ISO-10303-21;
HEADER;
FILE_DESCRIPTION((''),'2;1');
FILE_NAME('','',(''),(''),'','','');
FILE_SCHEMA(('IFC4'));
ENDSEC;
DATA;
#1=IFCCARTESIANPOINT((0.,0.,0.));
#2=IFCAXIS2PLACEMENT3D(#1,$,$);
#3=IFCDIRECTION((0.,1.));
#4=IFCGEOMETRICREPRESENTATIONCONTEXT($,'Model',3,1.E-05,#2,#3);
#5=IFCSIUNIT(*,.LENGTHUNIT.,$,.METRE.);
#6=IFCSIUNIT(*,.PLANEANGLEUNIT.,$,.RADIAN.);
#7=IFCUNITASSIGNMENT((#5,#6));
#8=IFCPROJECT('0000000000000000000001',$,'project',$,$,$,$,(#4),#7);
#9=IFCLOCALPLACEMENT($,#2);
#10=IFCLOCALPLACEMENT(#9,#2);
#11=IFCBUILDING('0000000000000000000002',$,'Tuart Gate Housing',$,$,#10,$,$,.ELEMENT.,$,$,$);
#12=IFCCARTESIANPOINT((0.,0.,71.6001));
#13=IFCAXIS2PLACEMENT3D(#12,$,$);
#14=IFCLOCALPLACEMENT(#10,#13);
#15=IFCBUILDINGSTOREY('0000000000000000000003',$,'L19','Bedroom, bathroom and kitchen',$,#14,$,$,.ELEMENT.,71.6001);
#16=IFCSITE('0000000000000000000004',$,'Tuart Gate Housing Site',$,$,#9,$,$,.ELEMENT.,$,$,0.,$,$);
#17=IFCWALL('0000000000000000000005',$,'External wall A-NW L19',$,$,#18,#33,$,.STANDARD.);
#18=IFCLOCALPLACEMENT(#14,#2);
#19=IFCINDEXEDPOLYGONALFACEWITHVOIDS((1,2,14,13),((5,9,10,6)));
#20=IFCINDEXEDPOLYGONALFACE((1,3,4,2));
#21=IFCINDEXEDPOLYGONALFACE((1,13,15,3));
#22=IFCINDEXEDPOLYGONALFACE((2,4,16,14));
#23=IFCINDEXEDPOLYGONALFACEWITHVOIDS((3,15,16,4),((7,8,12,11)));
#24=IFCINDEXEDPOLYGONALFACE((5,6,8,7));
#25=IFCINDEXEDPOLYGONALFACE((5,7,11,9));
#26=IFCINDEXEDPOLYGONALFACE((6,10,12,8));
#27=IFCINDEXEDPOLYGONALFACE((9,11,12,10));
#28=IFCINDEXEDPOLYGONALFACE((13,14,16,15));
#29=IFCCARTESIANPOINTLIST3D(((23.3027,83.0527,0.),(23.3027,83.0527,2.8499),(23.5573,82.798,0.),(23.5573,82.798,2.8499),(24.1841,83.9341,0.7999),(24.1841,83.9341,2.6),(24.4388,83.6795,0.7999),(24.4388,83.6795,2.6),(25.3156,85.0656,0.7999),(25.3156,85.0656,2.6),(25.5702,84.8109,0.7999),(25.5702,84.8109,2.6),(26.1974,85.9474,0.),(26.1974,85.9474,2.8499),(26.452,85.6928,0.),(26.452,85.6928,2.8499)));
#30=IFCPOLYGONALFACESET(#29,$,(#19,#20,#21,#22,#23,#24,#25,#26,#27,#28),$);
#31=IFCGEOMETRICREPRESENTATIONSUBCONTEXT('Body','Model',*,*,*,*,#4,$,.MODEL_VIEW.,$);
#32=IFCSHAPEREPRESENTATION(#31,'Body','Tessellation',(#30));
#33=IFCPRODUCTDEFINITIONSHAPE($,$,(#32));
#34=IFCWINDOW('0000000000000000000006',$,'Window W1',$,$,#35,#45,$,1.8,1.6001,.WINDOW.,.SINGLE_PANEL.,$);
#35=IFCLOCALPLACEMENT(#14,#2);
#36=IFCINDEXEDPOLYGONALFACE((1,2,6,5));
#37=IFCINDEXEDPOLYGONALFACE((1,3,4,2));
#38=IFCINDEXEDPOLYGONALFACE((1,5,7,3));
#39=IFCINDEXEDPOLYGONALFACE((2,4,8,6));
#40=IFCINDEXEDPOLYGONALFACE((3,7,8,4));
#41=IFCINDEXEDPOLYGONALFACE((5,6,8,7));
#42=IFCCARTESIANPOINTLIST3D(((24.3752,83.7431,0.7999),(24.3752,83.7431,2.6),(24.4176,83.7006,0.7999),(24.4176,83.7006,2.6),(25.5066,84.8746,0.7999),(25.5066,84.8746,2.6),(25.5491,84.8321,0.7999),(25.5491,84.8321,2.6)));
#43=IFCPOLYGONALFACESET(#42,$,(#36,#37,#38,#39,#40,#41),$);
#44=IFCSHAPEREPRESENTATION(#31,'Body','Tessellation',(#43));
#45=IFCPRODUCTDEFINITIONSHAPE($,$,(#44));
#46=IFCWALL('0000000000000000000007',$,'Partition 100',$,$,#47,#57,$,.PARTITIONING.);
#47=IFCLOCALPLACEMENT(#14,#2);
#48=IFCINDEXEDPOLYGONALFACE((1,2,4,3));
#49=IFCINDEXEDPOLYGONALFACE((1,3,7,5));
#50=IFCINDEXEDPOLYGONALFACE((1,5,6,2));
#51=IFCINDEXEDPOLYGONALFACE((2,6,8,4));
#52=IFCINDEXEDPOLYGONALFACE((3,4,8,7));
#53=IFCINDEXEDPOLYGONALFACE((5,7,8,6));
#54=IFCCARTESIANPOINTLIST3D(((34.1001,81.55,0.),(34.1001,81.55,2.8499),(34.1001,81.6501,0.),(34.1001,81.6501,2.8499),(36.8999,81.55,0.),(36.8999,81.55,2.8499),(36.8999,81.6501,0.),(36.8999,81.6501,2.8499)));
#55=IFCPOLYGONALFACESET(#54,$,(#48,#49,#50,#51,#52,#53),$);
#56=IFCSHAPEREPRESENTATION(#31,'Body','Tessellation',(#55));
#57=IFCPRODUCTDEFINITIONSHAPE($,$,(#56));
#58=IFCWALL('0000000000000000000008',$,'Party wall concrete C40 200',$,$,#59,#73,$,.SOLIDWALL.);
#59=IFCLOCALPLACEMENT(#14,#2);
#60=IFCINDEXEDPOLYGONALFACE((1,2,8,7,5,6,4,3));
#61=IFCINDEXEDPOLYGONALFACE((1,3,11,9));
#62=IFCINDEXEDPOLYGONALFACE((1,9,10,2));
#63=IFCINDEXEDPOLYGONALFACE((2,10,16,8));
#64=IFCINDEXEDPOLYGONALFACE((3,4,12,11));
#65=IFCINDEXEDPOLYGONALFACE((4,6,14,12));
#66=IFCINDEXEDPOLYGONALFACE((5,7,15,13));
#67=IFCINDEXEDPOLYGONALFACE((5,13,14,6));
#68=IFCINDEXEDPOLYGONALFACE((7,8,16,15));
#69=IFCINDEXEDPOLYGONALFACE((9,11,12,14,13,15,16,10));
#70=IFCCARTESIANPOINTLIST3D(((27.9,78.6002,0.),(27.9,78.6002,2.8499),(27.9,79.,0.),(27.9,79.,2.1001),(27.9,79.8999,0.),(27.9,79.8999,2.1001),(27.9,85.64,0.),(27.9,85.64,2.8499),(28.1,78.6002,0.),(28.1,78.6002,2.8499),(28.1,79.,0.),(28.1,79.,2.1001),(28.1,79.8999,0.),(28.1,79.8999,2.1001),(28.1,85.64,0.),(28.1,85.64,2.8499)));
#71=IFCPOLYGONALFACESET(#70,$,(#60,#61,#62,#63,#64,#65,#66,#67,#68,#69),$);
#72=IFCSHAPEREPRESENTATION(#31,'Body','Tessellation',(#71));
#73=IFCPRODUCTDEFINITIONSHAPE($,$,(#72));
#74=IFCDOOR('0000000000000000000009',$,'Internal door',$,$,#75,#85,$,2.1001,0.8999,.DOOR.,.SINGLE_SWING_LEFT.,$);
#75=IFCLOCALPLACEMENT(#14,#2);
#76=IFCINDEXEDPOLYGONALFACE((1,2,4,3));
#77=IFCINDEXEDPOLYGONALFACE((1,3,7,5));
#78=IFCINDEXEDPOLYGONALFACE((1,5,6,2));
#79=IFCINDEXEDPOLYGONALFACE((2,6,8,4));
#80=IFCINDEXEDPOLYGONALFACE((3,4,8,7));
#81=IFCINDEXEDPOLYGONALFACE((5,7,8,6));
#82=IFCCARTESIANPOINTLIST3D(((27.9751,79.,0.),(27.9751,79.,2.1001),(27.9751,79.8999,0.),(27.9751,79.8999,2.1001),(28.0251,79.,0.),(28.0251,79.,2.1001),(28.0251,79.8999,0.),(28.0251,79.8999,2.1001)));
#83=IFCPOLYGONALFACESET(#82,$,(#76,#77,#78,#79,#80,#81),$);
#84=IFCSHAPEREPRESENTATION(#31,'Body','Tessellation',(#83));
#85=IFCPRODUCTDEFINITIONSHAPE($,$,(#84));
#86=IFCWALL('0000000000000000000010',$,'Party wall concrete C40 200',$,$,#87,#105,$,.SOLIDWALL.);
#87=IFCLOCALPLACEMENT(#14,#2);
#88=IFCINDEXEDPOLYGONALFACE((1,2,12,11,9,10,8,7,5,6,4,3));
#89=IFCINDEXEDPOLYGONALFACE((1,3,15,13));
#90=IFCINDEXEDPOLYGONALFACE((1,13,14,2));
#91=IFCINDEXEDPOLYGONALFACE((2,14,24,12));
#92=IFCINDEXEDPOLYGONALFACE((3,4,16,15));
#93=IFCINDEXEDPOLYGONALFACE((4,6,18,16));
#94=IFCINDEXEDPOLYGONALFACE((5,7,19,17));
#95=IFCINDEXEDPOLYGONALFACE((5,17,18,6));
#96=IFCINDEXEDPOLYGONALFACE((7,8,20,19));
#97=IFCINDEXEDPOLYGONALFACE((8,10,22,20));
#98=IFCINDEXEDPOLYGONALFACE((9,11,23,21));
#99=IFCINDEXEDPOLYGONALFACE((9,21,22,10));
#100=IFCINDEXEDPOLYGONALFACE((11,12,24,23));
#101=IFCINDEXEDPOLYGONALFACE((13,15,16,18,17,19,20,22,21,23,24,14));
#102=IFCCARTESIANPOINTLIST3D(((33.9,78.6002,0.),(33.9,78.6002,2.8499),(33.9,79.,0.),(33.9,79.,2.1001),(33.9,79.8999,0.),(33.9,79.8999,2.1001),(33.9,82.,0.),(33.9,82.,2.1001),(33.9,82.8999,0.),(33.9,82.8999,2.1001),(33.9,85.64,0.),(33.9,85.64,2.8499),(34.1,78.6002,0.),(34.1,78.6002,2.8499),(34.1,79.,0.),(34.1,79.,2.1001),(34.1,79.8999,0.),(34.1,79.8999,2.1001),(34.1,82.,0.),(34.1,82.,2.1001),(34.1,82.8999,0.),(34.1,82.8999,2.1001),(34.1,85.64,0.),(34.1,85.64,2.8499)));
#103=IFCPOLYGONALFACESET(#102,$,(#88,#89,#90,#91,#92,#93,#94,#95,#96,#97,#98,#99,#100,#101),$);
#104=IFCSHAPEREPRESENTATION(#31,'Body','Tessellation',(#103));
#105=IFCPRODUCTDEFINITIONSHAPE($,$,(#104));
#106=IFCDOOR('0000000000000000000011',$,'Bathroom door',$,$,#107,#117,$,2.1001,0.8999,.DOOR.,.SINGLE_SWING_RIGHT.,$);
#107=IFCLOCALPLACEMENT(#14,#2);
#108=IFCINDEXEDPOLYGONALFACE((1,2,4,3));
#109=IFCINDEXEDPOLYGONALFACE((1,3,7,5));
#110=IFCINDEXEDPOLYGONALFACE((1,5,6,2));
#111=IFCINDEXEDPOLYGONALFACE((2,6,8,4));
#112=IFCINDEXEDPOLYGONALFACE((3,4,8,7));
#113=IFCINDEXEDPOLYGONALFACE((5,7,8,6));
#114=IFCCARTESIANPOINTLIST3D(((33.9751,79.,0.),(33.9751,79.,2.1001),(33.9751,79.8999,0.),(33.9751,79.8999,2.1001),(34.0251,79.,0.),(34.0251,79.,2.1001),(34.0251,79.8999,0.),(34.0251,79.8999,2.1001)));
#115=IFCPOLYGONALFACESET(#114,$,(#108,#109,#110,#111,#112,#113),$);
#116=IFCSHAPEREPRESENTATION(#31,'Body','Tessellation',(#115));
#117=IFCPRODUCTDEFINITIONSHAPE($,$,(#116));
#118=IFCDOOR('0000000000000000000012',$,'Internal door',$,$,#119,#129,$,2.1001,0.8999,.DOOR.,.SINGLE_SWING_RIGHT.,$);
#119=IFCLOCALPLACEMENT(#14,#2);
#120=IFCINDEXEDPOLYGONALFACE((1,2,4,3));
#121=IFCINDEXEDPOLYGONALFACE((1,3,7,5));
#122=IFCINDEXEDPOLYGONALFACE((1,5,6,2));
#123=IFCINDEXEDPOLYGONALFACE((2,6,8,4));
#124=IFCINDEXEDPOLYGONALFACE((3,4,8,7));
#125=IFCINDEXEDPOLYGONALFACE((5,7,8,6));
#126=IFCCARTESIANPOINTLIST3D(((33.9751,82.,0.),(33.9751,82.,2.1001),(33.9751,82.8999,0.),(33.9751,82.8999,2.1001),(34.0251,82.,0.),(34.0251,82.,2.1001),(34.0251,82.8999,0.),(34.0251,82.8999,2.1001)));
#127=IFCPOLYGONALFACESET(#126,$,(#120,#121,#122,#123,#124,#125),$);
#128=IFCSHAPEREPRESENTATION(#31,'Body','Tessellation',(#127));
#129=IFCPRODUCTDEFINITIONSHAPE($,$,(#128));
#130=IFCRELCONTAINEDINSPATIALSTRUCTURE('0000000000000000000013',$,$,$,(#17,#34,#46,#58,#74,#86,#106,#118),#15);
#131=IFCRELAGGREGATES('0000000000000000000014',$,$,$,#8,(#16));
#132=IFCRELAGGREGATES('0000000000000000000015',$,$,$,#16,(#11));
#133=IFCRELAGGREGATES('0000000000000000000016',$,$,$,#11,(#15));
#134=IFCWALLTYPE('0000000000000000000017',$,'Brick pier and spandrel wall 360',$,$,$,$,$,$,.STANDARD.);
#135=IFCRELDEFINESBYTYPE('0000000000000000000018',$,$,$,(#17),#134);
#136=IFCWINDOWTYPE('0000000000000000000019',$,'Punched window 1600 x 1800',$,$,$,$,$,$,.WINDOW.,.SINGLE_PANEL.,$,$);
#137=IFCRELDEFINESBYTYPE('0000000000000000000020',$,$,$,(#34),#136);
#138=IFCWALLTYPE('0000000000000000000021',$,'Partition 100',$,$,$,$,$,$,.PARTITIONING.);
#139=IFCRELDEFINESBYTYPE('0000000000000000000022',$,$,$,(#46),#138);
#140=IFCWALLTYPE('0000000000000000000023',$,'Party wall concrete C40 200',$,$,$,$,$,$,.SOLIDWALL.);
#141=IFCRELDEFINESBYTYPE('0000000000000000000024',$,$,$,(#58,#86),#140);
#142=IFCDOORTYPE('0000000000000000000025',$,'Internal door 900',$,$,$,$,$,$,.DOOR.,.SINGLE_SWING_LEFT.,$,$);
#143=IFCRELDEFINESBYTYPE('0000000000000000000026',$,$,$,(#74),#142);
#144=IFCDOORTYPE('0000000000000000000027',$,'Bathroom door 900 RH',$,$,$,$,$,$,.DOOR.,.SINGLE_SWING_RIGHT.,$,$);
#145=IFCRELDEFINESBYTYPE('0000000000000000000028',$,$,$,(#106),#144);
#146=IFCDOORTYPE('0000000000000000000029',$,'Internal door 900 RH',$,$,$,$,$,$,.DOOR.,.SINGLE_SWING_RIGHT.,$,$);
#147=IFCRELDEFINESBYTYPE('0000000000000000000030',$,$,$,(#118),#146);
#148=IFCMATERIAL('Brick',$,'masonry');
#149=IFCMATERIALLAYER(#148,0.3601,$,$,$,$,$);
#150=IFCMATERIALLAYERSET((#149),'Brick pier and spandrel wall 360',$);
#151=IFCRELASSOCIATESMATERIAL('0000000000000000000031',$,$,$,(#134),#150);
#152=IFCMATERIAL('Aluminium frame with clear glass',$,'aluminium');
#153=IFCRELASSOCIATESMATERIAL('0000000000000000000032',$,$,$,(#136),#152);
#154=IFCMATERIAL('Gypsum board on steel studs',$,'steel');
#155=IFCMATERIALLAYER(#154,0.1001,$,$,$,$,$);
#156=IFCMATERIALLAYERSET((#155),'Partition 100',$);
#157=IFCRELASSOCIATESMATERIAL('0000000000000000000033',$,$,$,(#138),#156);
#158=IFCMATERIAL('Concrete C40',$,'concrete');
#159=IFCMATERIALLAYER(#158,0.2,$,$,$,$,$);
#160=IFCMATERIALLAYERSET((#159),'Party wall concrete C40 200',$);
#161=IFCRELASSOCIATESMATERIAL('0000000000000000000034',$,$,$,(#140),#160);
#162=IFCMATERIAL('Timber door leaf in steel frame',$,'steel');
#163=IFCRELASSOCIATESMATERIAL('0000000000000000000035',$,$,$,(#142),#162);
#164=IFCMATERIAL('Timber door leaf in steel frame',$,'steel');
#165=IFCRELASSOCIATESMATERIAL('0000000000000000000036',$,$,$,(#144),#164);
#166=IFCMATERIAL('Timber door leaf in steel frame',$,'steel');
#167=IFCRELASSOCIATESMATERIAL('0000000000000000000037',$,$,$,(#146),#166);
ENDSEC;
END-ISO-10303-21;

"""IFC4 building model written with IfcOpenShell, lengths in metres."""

from ifc_helpers import new_model, si_unit, direction, frame, frame_2d, origin, place, context, subcontext, project, spatial, rectangle, extrude, material, layer, layer_set, type_object, element, fill, save


model = new_model("IFC4")

# Units and contexts
model_context = context("Model", 3, precision=1e-05, world=origin(), true_north=direction((0.0, 1.0)))
body_context = subcontext(model_context, "Body", "Model", "MODEL_VIEW")
ifc_project = project(units=[si_unit("LENGTHUNIT", "METRE"), si_unit("PLANEANGLEUNIT", "RADIAN")], contexts=[model_context])

# Site, building, storey
site_placement = place(None, origin())
site = spatial("IfcSite", under=ifc_project, at=site_placement, Name="Tuart Gate Housing Site", CompositionType="ELEMENT", RefElevation=0.0)
building_placement = place(site_placement, origin())
building = spatial("IfcBuilding", under=site, at=building_placement, Name="Tuart Gate Housing", CompositionType="ELEMENT")
storey_placement = place(building_placement, frame((0.0, 0.0, 71.6001)))
storey = spatial("IfcBuildingStorey", under=building, at=storey_placement, Name="L19", Description="Bedroom, bathroom and kitchen", CompositionType="ELEMENT", Elevation=71.6001)

# Wall, opening, window
ifc_material_1 = material(Name="Brick", Category="masonry")
ifc_layer_1 = layer(ifc_material_1, 0.3601)
ifc_layer_set_1 = layer_set([ifc_layer_1], Name="Brick pier and spandrel wall 360")
wall_type_1 = type_object("IfcWallType", Name="Brick pier and spandrel wall 360", PredefinedType="STANDARD", material=ifc_layer_set_1)
wall_1_placement = place(storey_placement, frame((26.3247, 85.8201, 0.0), z_axis=(0.0, 0.0, 1.0), x_axis=(-0.707107, -0.707107, 0.0)))
wall_1 = element("IfcWall", 1, at=wall_1_placement, inside=storey, type_object=wall_type_1, Name="External wall A-NW L19", PredefinedType="STANDARD", context=body_context, shape_type="SweptSolid", body=[
    extrude(rectangle(XDim=4.0938, YDim=0.3601, at=frame_2d((2.0469, 0.0))), origin(), (0.0, 0.0, 1.0), 2.8499),
])
opening_1_placement = place(wall_1_placement, frame((1.2471, 0.0, 0.8)))
opening_1 = element("IfcOpeningElement", 2, at=opening_1_placement, cuts=wall_1, PredefinedType="OPENING", context=body_context, shape_type="SweptSolid", body=[
    extrude(rectangle(XDim=1.6001, YDim=1.8, at=frame_2d((0.8, 0.8999))), frame((0.0, 0.1899, 0.0), z_axis=(0.0, -1.0, 0.0), x_axis=(1.0, 0.0, 0.0)), (0.0, 0.0, 1.0), 0.3801),
])
ifc_material_2 = material(Name="Aluminium frame with clear glass", Category="aluminium")
window_type = type_object("IfcWindowType", Name="Punched window 1600 x 1800", PartitioningType="SINGLE_PANEL", PredefinedType="WINDOW", material=ifc_material_2)
window_placement = place(opening_1_placement, origin())
window = element("IfcWindow", 3, at=window_placement, inside=storey, type_object=window_type, Name="Window W1", OverallHeight=1.8, OverallWidth=1.6001, PartitioningType="SINGLE_PANEL", PredefinedType="WINDOW", context=body_context, shape_type="SweptSolid", body=[
    extrude(rectangle(XDim=1.6001, YDim=1.8, at=frame_2d((0.8, 0.8999))), frame((0.0, 0.1501, 0.0), z_axis=(0.0, -1.0, 0.0), x_axis=(1.0, 0.0, 0.0)), (0.0, 0.0, 1.0), 0.0601),
])
fill(opening_1, window)

# Wall
ifc_material_3 = material(Name="Gypsum board on steel studs", Category="steel")
ifc_layer_2 = layer(ifc_material_3, 0.1001)
ifc_layer_set_2 = layer_set([ifc_layer_2], Name="Partition 100")
wall_type_2 = type_object("IfcWallType", Name="Partition 100", PredefinedType="PARTITIONING", material=ifc_layer_set_2)
wall_2_placement = place(storey_placement, frame((34.1001, 81.6001, 0.0), z_axis=(0.0, 0.0, 1.0), x_axis=(1.0, 0.0, 0.0)))
element("IfcWall", 4, at=wall_2_placement, inside=storey, type_object=wall_type_2, Name="Partition 100", PredefinedType="PARTITIONING", context=body_context, shape_type="SweptSolid", body=[
    extrude(rectangle(XDim=2.7998, YDim=0.1001, at=frame_2d((1.3999, 0.0))), origin(), (0.0, 0.0, 1.0), 2.8499),
])

# Wall, opening, door
ifc_material_4 = material(Name="Concrete C40", Category="concrete")
ifc_layer_3 = layer(ifc_material_4, 0.2)
ifc_layer_set_3 = layer_set([ifc_layer_3], Name="Party wall concrete C40 200")
wall_type_3 = type_object("IfcWallType", Name="Party wall concrete C40 200", PredefinedType="SOLIDWALL", material=ifc_layer_set_3)
wall_3_placement = place(storey_placement, frame((28.0, 78.6001, 0.0), z_axis=(0.0, 0.0, 1.0), x_axis=(0.0, 1.0, 0.0)))
wall_3 = element("IfcWall", 5, at=wall_3_placement, inside=storey, type_object=wall_type_3, Name="Party wall concrete C40 200", PredefinedType="SOLIDWALL", context=body_context, shape_type="SweptSolid", body=[
    extrude(rectangle(XDim=7.0398, YDim=0.2, at=frame_2d((3.52, 0.0))), origin(), (0.0, 0.0, 1.0), 2.8499),
])
opening_2_placement = place(wall_3_placement, frame((0.3999, 0.0, 0.0)))
opening_2 = element("IfcOpeningElement", 6, at=opening_2_placement, cuts=wall_3, PredefinedType="OPENING", context=body_context, shape_type="SweptSolid", body=[
    extrude(rectangle(XDim=0.8999, YDim=2.1001, at=frame_2d((0.45, 1.05))), frame((0.0, 0.1099, 0.0), z_axis=(0.0, -1.0, 0.0), x_axis=(1.0, 0.0, 0.0)), (0.0, 0.0, 1.0), 0.22),
])
ifc_material_5 = material(Name="Timber door leaf in steel frame", Category="steel")
door_type_1 = type_object("IfcDoorType", Name="Internal door 900", OperationType="SINGLE_SWING_LEFT", PredefinedType="DOOR", material=ifc_material_5)
door_1_placement = place(opening_2_placement, origin())
door_1 = element("IfcDoor", 7, at=door_1_placement, inside=storey, type_object=door_type_1, Name="Internal door", OperationType="SINGLE_SWING_LEFT", OverallHeight=2.1001, OverallWidth=0.8999, PredefinedType="DOOR", context=body_context, shape_type="SweptSolid", body=[
    extrude(rectangle(XDim=0.8999, YDim=2.1001, at=frame_2d((0.45, 1.05))), frame((0.0, 0.0249, 0.0), z_axis=(0.0, -1.0, 0.0), x_axis=(1.0, 0.0, 0.0)), (0.0, 0.0, 1.0), 0.05),
])
fill(opening_2, door_1)

# Wall, openings, doors
wall_4_placement = place(storey_placement, frame((34.0, 78.6001, 0.0), z_axis=(0.0, 0.0, 1.0), x_axis=(0.0, 1.0, 0.0)))
wall_4 = element("IfcWall", 8, at=wall_4_placement, inside=storey, type_object=wall_type_3, Name="Party wall concrete C40 200", PredefinedType="SOLIDWALL", context=body_context, shape_type="SweptSolid", body=[
    extrude(rectangle(XDim=7.0398, YDim=0.2, at=frame_2d((3.52, 0.0))), origin(), (0.0, 0.0, 1.0), 2.8499),
])
opening_3_placement = place(wall_4_placement, frame((3.3999, 0.0, 0.0)))
opening_3 = element("IfcOpeningElement", 9, at=opening_3_placement, cuts=wall_4, PredefinedType="OPENING", context=body_context, shape_type="SweptSolid", body=[
    extrude(rectangle(XDim=0.8999, YDim=2.1001, at=frame_2d((0.45, 1.05))), frame((0.0, 0.1099, 0.0), z_axis=(0.0, -1.0, 0.0), x_axis=(1.0, 0.0, 0.0)), (0.0, 0.0, 1.0), 0.22),
])
opening_4_placement = place(wall_4_placement, frame((0.3999, 0.0, 0.0)))
opening_4 = element("IfcOpeningElement", 10, at=opening_4_placement, cuts=wall_4, PredefinedType="OPENING", context=body_context, shape_type="SweptSolid", body=[
    extrude(rectangle(XDim=0.8999, YDim=2.1001, at=frame_2d((0.45, 1.05))), frame((0.0, 0.1099, 0.0), z_axis=(0.0, -1.0, 0.0), x_axis=(1.0, 0.0, 0.0)), (0.0, 0.0, 1.0), 0.22),
])
ifc_material_6 = material(Name="Timber door leaf in steel frame", Category="steel")
door_type_2 = type_object("IfcDoorType", Name="Bathroom door 900 RH", OperationType="SINGLE_SWING_RIGHT", PredefinedType="DOOR", material=ifc_material_6)
door_2_placement = place(opening_4_placement, frame((0.8999, 0.0, 0.0), z_axis=(0.0, 0.0, 1.0), x_axis=(-1.0, 0.0, 0.0)))
door_2 = element("IfcDoor", 11, at=door_2_placement, inside=storey, type_object=door_type_2, Name="Bathroom door", OperationType="SINGLE_SWING_RIGHT", OverallHeight=2.1001, OverallWidth=0.8999, PredefinedType="DOOR", context=body_context, shape_type="SweptSolid", body=[
    extrude(rectangle(XDim=0.8999, YDim=2.1001, at=frame_2d((0.45, 1.05))), frame((0.0, 0.0251, 0.0), z_axis=(0.0, -1.0, 0.0), x_axis=(1.0, 0.0, 0.0)), (0.0, 0.0, 1.0), 0.05),
])
fill(opening_4, door_2)
ifc_material_7 = material(Name="Timber door leaf in steel frame", Category="steel")
door_type_3 = type_object("IfcDoorType", Name="Internal door 900 RH", OperationType="SINGLE_SWING_RIGHT", PredefinedType="DOOR", material=ifc_material_7)
door_3_placement = place(opening_3_placement, frame((0.8999, 0.0, 0.0), z_axis=(0.0, 0.0, 1.0), x_axis=(-1.0, 0.0, 0.0)))
door_3 = element("IfcDoor", 12, at=door_3_placement, inside=storey, type_object=door_type_3, Name="Internal door", OperationType="SINGLE_SWING_RIGHT", OverallHeight=2.1001, OverallWidth=0.8999, PredefinedType="DOOR", context=body_context, shape_type="SweptSolid", body=[
    extrude(rectangle(XDim=0.8999, YDim=2.1001, at=frame_2d((0.45, 1.05))), frame((0.0, 0.0251, 0.0), z_axis=(0.0, -1.0, 0.0), x_axis=(1.0, 0.0, 0.0)), (0.0, 0.0, 1.0), 0.05),
])
fill(opening_3, door_3)

save(model, "model.ifc")
